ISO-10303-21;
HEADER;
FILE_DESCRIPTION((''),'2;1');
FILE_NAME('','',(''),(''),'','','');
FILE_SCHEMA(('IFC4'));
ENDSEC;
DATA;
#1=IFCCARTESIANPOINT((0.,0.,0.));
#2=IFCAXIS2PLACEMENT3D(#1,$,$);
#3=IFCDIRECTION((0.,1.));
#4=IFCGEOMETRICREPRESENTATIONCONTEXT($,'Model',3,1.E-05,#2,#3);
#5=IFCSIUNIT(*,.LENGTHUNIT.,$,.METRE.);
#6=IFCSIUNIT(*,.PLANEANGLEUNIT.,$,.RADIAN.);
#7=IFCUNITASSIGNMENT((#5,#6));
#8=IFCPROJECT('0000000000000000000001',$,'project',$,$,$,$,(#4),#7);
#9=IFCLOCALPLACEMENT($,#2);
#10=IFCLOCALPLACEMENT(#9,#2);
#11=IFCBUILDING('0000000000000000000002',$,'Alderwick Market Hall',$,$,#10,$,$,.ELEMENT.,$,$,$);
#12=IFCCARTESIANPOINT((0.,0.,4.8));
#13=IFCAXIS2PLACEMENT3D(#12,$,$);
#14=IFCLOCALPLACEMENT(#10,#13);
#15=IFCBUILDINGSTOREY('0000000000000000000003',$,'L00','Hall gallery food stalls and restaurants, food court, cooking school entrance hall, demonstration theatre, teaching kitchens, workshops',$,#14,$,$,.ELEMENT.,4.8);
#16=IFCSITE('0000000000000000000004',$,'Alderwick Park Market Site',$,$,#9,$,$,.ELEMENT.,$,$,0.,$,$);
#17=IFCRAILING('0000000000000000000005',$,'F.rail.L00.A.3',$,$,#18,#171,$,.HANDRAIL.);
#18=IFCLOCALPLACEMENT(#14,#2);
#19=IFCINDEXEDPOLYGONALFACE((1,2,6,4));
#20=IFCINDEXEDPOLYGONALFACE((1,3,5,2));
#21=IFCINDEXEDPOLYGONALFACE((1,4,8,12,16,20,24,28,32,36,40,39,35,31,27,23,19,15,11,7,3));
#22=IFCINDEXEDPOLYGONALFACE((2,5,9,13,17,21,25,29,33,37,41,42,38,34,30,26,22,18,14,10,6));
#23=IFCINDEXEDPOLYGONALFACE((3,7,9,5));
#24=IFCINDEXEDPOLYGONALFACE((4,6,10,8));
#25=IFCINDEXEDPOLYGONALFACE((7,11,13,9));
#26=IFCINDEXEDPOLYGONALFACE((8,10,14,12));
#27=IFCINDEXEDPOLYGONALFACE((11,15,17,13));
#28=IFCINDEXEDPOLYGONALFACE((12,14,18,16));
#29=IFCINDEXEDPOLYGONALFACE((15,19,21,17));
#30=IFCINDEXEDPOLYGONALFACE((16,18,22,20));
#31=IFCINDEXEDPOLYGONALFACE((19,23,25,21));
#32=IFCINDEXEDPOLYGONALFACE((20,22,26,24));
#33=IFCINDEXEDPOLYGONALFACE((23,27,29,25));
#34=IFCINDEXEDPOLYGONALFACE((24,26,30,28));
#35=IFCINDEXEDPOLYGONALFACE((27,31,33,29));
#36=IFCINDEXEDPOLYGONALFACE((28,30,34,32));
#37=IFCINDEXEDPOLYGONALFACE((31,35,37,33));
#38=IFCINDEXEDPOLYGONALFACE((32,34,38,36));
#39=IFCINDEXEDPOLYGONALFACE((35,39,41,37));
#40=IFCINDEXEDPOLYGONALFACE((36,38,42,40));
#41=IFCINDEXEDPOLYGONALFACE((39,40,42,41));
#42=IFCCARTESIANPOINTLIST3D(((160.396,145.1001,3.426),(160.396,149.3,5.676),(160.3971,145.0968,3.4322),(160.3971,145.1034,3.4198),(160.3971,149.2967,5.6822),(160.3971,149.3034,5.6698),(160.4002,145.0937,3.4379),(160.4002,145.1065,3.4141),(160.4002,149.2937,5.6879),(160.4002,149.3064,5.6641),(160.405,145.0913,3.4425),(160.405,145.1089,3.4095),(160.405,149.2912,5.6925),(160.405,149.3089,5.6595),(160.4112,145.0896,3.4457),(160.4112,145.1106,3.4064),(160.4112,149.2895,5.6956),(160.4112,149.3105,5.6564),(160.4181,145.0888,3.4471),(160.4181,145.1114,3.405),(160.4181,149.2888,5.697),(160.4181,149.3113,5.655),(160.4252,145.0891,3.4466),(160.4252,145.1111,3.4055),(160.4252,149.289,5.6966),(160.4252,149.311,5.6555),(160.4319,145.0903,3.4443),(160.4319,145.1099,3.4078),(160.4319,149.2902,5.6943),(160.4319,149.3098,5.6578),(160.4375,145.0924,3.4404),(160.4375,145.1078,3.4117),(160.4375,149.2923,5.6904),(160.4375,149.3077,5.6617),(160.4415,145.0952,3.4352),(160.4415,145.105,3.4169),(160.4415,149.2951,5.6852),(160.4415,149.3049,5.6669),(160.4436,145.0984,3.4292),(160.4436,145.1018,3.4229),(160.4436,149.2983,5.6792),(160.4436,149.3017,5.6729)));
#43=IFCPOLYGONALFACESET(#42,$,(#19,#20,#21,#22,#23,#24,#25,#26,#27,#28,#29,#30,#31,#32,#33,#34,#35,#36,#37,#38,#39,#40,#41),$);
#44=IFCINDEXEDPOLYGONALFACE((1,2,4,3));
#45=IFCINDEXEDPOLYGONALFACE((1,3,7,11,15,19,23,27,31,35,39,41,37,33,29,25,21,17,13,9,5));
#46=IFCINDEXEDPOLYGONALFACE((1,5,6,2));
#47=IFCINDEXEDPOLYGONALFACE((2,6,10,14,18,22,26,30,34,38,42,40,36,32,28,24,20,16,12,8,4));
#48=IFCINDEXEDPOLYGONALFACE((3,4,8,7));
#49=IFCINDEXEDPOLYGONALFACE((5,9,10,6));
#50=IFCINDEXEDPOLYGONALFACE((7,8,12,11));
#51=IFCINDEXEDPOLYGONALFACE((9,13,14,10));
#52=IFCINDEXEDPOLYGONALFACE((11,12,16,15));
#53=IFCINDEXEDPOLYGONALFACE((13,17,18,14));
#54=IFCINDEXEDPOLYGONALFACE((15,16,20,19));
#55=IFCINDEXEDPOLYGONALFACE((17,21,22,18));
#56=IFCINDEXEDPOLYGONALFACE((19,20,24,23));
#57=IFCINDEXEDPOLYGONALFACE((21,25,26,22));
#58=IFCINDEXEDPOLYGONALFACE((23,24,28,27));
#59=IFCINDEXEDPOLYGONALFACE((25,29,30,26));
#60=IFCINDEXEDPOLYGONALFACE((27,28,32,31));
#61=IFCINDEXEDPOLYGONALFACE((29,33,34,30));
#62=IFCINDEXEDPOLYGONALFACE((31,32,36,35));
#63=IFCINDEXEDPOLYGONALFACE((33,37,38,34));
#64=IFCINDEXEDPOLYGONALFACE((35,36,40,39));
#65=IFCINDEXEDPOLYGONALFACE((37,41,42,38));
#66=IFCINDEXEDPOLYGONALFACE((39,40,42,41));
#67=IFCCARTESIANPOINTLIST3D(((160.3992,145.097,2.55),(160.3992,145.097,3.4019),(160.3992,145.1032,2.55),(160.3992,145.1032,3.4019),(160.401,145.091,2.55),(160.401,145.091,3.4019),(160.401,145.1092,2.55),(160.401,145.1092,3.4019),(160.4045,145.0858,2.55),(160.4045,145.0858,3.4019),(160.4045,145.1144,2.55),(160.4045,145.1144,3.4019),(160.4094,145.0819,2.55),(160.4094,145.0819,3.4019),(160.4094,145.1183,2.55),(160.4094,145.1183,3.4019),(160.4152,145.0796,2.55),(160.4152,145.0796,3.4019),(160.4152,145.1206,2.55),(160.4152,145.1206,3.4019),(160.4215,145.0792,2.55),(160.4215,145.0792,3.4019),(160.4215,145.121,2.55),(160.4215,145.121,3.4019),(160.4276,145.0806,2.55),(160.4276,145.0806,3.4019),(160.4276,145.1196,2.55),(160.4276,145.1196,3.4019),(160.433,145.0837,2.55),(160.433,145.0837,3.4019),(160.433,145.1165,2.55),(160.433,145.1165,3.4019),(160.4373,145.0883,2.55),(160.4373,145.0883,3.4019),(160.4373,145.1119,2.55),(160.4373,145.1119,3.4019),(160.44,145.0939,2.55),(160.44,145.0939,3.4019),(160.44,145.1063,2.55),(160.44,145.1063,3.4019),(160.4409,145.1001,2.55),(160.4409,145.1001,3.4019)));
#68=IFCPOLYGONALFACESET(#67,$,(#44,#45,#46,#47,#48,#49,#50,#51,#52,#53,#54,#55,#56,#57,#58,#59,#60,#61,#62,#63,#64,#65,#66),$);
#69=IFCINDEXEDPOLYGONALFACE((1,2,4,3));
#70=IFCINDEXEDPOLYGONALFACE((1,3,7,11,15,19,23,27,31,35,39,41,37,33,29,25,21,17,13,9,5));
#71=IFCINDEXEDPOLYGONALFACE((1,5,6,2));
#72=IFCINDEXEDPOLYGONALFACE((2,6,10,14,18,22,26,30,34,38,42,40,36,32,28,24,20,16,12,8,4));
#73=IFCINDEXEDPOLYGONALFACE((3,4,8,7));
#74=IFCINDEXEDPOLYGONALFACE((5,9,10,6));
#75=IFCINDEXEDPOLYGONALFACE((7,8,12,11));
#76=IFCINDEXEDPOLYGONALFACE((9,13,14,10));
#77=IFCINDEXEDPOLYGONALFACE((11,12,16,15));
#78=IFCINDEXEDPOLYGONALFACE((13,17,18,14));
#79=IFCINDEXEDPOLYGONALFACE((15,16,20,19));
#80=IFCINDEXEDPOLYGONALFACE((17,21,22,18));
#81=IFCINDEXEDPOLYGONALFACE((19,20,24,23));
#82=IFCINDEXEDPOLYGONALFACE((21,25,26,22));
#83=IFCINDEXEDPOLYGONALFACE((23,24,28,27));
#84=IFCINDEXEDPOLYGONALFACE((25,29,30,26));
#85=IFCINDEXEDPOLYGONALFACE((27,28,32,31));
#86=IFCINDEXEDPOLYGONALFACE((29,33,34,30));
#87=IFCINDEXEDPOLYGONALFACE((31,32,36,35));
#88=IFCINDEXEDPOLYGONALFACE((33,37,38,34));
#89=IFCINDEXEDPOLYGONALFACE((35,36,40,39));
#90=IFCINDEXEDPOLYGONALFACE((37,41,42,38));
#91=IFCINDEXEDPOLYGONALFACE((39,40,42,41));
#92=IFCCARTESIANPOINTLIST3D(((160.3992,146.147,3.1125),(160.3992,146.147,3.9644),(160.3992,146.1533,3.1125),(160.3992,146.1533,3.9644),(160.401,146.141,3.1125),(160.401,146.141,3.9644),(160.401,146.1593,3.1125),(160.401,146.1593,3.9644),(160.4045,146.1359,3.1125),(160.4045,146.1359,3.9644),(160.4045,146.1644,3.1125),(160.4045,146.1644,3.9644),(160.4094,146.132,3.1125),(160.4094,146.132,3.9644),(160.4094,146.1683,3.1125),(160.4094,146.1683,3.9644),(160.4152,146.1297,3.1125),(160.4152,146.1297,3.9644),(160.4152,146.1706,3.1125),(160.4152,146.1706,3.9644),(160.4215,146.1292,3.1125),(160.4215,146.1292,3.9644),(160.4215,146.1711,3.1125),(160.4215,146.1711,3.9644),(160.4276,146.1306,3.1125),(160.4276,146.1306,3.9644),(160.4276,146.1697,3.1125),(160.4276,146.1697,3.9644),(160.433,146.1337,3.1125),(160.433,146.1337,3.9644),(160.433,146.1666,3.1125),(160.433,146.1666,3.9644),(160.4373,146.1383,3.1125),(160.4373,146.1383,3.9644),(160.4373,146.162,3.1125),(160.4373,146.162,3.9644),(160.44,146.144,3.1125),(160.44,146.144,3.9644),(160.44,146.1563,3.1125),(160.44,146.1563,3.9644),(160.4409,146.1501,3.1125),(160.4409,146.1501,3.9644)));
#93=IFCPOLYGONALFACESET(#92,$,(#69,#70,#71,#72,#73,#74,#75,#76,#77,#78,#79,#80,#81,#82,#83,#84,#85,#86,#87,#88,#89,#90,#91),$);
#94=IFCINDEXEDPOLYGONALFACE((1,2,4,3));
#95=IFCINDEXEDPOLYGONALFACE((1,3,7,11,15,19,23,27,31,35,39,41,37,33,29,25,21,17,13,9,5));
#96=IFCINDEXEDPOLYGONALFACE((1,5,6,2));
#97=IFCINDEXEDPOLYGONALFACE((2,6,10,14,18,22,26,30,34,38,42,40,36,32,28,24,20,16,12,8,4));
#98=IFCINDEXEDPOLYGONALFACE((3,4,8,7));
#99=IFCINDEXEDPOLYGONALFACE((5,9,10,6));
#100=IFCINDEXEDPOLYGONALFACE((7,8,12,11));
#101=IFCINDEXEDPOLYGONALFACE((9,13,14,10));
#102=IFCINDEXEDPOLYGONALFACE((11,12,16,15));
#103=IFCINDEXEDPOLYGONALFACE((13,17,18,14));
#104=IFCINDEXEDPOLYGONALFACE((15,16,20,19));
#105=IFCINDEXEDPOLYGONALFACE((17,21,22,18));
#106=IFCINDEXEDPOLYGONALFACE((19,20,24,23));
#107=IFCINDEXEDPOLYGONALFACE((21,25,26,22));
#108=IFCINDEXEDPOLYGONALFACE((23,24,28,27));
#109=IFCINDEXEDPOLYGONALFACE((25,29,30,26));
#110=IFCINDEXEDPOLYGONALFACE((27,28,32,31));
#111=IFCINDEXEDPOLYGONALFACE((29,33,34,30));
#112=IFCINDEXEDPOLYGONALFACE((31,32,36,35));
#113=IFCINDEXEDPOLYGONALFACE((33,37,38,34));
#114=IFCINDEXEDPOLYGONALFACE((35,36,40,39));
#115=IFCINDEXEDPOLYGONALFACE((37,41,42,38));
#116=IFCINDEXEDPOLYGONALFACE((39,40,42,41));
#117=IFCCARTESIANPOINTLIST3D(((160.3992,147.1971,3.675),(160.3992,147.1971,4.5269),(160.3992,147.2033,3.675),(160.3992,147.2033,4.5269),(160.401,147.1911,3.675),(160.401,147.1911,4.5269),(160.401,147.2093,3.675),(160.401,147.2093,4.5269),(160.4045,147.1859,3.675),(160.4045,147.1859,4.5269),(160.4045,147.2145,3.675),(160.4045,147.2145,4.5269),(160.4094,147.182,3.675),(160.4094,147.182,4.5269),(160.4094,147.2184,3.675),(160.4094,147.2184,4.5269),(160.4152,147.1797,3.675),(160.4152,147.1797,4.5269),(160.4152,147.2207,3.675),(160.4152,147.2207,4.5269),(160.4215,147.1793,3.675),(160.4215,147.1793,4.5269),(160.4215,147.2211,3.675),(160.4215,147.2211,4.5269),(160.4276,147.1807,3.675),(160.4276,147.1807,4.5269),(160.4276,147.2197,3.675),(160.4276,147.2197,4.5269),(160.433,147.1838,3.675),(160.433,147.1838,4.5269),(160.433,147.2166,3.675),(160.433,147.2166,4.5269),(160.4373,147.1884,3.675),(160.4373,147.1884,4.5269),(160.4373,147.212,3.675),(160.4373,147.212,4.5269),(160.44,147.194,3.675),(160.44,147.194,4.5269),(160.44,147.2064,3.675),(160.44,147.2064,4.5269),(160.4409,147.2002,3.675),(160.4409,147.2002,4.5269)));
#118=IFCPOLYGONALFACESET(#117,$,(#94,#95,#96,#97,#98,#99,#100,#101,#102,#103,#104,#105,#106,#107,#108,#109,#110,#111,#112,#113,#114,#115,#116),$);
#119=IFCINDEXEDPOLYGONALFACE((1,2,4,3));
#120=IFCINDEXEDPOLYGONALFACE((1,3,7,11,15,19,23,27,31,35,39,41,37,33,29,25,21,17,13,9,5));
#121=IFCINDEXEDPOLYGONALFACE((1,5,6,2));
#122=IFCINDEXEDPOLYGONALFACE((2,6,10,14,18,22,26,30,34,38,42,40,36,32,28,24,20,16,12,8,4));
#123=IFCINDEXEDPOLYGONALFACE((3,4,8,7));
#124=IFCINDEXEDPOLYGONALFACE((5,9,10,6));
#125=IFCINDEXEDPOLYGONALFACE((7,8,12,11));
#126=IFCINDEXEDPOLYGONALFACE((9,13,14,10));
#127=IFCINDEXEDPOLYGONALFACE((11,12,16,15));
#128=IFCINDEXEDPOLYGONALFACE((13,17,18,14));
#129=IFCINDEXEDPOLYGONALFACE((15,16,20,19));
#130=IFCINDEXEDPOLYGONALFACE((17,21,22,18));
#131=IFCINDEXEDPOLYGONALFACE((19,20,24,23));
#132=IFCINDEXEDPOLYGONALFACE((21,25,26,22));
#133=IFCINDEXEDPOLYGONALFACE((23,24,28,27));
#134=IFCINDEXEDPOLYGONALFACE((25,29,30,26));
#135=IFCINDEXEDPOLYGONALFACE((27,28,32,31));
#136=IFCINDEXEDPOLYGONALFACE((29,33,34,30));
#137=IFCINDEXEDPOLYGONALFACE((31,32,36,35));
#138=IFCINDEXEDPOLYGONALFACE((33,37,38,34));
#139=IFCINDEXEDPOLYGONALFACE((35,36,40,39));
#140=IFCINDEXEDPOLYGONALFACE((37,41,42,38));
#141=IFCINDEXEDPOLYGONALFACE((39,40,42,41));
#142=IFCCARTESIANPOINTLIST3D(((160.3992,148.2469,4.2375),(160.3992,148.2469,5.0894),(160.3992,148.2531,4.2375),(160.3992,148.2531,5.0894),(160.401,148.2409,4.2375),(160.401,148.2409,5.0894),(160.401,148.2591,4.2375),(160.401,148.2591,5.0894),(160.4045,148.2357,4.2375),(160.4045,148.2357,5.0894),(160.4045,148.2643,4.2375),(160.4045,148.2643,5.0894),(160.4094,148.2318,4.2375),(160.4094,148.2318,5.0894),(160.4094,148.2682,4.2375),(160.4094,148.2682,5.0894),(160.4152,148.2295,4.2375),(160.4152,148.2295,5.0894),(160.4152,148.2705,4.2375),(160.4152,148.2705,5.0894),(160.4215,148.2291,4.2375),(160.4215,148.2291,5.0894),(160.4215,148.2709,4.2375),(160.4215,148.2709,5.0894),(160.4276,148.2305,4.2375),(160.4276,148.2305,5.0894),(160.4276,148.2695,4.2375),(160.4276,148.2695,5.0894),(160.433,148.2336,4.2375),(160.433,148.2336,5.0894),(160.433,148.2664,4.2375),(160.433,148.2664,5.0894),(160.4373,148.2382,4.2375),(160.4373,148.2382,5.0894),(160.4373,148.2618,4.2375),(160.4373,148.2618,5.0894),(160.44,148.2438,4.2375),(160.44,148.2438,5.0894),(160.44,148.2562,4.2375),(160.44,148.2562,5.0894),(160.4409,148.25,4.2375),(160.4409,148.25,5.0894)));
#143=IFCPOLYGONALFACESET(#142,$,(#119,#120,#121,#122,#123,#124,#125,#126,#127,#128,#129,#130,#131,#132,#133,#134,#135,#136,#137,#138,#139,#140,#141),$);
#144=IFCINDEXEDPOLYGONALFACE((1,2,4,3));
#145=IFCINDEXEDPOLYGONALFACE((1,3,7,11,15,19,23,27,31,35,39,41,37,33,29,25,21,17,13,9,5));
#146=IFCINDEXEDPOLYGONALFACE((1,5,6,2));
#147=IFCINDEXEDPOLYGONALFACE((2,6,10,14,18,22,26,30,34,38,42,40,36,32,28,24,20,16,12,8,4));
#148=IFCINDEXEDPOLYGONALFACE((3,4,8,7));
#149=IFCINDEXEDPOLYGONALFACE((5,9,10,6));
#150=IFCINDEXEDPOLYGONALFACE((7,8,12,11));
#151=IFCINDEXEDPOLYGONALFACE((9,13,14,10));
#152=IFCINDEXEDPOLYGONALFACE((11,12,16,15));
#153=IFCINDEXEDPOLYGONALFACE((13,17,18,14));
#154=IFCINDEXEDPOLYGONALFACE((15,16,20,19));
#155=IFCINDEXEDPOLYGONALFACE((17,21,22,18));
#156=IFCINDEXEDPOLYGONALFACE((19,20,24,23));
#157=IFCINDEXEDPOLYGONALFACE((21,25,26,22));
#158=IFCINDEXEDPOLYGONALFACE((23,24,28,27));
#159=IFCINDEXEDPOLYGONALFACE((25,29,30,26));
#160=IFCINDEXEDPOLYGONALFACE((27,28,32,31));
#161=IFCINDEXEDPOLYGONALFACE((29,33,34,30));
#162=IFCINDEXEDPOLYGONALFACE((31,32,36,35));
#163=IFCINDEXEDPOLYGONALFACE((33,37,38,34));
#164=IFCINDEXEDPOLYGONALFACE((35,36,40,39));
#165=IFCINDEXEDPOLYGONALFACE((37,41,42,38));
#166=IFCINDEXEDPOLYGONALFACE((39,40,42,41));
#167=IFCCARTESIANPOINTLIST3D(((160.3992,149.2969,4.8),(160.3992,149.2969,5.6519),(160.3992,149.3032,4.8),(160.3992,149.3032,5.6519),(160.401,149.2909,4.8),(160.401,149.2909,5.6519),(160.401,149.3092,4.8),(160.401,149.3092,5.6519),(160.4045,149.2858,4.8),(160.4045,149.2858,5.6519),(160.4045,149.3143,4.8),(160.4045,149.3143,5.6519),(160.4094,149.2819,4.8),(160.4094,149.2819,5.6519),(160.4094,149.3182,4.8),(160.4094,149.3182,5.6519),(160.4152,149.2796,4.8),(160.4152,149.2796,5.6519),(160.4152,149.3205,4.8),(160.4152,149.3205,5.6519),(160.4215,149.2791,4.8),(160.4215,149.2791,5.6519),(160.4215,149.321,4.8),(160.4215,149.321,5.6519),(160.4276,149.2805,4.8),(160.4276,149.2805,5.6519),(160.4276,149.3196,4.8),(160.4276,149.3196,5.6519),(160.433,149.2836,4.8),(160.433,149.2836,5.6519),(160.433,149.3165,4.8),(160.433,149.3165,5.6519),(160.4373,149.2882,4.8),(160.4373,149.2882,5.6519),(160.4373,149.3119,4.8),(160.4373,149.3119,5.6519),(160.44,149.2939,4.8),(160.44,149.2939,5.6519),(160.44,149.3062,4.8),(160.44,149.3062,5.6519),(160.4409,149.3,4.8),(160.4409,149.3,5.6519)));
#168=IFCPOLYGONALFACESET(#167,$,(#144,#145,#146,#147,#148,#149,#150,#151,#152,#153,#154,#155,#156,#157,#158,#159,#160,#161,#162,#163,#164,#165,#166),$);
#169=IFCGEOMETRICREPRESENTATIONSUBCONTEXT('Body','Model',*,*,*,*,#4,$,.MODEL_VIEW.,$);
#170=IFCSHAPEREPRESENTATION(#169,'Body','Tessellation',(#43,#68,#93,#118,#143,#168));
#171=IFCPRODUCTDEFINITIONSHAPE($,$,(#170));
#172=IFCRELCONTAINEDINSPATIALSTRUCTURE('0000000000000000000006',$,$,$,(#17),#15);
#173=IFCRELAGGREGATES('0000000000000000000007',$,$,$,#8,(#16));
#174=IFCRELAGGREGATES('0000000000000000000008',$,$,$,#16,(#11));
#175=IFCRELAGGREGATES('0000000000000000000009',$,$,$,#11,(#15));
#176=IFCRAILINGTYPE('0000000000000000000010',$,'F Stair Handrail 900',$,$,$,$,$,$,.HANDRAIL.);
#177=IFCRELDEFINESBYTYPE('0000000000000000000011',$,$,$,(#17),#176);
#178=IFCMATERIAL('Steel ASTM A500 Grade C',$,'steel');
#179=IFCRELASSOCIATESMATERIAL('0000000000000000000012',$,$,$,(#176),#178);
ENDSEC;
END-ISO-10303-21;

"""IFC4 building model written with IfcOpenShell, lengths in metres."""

from ifc_helpers import new_model, si_unit, direction, frame, origin, origin_2d, place, context, subcontext, project, spatial, circle, extrude, material, type_object, element, save


model = new_model("IFC4")

# Units and contexts
model_context = context("Model", 3, precision=1e-05, world=origin(), true_north=direction((0.0, 1.0)))
body_context = subcontext(model_context, "Body", "Model", "MODEL_VIEW")
ifc_project = project(units=[si_unit("LENGTHUNIT", "METRE"), si_unit("PLANEANGLEUNIT", "RADIAN")], contexts=[model_context])

# Site, building, storey
site_placement = place(None, origin())
site = spatial("IfcSite", under=ifc_project, at=site_placement, Name="Alderwick Park Market Site", CompositionType="ELEMENT", RefElevation=0.0)
building_placement = place(site_placement, origin())
building = spatial("IfcBuilding", under=site, at=building_placement, Name="Alderwick Market Hall", CompositionType="ELEMENT")
storey_placement = place(building_placement, frame((0.0, 0.0, 4.8)))
storey = spatial("IfcBuildingStorey", under=building, at=storey_placement, Name="L00", Description="Hall gallery food stalls and restaurants, food court, cooking school entrance hall, demonstration theatre, teaching kitchens, workshops", CompositionType="ELEMENT", Elevation=4.8)

# Railing
ifc_material_1 = material(Name="Steel ASTM A500 Grade C", Category="steel")
railing_type_1 = type_object("IfcRailingType", Name="F Stair Handrail 900", PredefinedType="HANDRAIL", material=ifc_material_1)
for number, where, name in (
    (1, (160.4199, 145.1001, 2.55), "F.rail.L00.A.3"),
):
    element("IfcRailing", number, at=place(storey_placement, frame(where)), inside=storey, type_object=railing_type_1, Name=name, PredefinedType="HANDRAIL", context=body_context, shape_type="SweptSolid", body=[
        extrude(circle(Radius=0.0239, at=origin_2d()), frame((0.0, 0.0, 0.876), z_axis=(0.0, 0.881478, 0.472226), x_axis=(-1.0, 0.0, 0.0)), (0.0, 0.0, 1.0), 4.7646),
        extrude(circle(Radius=0.021, at=origin_2d()), origin(), (0.0, 0.0, 1.0), 0.8518),
        extrude(circle(Radius=0.021, at=origin_2d()), frame((0.0, 1.05, 0.5625)), (0.0, 0.0, 1.0), 0.8518),
        extrude(circle(Radius=0.021, at=origin_2d()), frame((0.0, 2.1001, 1.125)), (0.0, 0.0, 1.0), 0.8518),
        extrude(circle(Radius=0.021, at=origin_2d()), frame((0.0, 3.1499, 1.6875)), (0.0, 0.0, 1.0), 0.8518),
        extrude(circle(Radius=0.021, at=origin_2d()), frame((0.0, 4.2, 2.25)), (0.0, 0.0, 1.0), 0.8518),
    ])

save(model, "model.ifc")
